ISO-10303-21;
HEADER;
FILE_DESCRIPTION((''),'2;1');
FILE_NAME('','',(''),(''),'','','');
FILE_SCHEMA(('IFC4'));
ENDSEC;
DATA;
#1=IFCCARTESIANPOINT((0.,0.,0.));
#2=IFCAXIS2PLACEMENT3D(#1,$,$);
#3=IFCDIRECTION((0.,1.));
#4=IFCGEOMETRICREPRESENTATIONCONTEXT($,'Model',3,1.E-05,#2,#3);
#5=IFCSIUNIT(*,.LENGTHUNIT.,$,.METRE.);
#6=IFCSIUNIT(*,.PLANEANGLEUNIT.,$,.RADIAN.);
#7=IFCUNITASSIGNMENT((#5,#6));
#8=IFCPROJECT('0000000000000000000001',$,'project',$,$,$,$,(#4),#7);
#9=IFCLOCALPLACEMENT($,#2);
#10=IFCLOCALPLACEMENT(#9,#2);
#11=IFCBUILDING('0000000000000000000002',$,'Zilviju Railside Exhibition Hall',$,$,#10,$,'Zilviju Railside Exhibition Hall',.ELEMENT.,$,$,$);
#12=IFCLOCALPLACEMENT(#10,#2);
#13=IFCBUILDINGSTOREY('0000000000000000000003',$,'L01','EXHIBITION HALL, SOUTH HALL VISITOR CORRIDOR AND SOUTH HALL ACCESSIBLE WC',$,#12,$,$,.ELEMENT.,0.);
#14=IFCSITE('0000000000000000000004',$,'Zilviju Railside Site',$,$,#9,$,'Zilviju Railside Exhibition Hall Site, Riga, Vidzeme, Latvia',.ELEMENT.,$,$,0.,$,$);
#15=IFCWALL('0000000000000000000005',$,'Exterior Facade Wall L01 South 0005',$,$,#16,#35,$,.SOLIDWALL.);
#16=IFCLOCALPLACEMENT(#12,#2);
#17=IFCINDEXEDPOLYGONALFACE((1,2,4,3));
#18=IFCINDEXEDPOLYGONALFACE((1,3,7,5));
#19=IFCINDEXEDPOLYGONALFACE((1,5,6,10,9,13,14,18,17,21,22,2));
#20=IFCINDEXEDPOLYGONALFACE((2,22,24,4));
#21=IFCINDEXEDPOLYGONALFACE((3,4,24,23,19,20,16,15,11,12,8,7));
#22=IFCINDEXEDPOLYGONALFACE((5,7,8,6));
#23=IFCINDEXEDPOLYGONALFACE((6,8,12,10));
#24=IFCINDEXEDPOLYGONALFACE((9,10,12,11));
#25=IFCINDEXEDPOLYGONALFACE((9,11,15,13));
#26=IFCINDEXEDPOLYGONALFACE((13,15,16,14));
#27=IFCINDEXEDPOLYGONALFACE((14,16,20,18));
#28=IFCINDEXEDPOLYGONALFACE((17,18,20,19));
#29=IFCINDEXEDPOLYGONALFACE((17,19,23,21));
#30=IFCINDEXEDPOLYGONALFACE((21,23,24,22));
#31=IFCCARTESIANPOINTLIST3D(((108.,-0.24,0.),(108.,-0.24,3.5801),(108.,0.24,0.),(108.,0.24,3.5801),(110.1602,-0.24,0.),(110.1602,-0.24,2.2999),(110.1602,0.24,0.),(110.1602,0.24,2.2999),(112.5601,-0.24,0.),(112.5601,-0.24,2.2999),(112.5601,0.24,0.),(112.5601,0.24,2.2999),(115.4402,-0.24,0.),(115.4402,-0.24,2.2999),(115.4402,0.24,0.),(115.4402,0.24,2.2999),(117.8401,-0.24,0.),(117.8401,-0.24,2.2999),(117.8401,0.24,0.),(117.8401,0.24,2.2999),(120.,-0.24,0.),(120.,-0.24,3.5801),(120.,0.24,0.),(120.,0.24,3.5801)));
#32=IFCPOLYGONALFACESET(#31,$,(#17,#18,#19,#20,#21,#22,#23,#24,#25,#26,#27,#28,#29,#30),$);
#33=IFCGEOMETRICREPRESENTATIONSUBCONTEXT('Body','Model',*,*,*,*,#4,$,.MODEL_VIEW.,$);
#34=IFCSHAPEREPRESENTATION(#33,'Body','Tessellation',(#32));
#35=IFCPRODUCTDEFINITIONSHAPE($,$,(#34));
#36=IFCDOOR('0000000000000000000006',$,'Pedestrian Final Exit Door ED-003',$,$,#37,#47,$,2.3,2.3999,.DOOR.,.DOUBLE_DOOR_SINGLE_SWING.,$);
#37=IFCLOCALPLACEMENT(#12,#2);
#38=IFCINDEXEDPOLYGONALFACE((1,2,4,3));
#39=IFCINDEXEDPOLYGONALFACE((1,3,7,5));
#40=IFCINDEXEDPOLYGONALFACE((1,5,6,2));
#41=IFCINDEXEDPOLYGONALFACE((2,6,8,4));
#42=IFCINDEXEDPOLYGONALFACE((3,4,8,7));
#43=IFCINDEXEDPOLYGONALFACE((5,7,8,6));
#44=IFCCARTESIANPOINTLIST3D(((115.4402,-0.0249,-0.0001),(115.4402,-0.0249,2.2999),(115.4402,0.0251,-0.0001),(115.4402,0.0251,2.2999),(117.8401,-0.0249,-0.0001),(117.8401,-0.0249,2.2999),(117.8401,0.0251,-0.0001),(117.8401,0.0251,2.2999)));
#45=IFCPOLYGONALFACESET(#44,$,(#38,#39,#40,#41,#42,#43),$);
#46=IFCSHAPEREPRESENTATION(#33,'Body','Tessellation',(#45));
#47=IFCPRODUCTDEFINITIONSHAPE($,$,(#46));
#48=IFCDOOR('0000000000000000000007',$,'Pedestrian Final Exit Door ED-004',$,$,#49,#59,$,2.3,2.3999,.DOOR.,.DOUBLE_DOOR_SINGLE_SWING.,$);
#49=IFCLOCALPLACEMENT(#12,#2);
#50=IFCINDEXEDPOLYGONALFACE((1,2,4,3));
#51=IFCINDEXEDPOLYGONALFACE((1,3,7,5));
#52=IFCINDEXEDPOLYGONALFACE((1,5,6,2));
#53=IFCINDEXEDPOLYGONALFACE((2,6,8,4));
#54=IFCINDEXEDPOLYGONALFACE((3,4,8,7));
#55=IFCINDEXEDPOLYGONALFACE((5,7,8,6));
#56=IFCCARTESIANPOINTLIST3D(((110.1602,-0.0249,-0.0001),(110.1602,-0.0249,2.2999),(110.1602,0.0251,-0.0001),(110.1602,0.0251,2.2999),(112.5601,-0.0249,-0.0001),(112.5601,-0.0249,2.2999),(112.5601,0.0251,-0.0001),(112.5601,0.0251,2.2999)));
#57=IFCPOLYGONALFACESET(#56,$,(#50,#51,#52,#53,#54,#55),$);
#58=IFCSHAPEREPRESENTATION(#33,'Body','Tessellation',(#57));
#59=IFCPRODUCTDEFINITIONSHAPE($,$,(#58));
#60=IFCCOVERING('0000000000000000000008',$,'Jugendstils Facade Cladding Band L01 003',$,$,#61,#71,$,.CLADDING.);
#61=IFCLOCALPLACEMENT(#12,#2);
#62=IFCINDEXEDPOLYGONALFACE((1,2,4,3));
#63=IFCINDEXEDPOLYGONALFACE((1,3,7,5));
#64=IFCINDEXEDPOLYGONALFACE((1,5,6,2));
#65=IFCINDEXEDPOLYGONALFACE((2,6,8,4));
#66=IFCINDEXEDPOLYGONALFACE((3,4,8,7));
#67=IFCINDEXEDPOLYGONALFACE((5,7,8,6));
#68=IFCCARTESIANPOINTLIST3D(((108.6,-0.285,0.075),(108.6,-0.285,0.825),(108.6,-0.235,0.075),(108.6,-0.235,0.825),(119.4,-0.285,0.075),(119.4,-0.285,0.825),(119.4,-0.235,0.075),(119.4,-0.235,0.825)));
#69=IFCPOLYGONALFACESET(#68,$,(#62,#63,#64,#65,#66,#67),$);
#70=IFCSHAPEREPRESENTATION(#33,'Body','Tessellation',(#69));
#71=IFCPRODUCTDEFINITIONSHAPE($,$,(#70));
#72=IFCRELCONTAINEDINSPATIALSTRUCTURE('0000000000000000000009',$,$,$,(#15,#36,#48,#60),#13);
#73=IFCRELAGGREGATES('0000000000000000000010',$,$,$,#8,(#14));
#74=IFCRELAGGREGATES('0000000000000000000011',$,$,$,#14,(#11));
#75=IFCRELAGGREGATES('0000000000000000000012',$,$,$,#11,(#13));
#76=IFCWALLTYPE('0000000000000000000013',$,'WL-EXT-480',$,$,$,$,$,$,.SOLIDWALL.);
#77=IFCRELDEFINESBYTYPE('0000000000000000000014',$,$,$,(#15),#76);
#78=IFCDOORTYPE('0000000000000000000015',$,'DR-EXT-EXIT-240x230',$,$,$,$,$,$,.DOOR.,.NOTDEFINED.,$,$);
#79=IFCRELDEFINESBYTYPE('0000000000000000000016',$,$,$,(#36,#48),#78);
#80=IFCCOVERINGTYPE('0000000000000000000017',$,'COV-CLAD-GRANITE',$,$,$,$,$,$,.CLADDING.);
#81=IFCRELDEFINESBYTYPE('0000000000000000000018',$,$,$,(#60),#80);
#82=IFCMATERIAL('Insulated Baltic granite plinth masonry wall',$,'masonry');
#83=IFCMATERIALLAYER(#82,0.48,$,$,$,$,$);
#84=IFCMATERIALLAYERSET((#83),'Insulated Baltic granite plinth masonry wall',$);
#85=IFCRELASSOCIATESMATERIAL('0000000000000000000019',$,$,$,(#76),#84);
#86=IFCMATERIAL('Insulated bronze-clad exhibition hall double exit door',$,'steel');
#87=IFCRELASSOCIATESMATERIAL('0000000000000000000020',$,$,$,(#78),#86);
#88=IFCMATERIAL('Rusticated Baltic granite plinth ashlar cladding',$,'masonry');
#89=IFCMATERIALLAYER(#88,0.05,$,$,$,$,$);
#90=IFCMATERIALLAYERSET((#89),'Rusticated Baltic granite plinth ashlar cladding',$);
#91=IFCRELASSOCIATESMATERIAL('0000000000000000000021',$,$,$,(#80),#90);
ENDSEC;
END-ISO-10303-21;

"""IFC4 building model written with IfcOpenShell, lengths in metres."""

from ifc_helpers import new_model, si_unit, direction, frame, frame_2d, origin, origin_2d, place, context, subcontext, project, spatial, rectangle, extrude, material, layer, layer_set, type_object, element, fill, save


model = new_model("IFC4")

# Units and contexts
model_context = context("Model", 3, precision=1e-05, world=origin(), true_north=direction((0.0, 1.0)))
body_context = subcontext(model_context, "Body", "Model", "MODEL_VIEW")
ifc_project = project(units=[si_unit("LENGTHUNIT", "METRE"), si_unit("PLANEANGLEUNIT", "RADIAN")], contexts=[model_context])

# Site, building, storey
site_placement = place(None, origin())
site = spatial("IfcSite", under=ifc_project, at=site_placement, Name="Zilviju Railside Site", LongName="Zilviju Railside Exhibition Hall Site, Riga, Vidzeme, Latvia", CompositionType="ELEMENT", RefElevation=0.0)
building_placement = place(site_placement, origin())
building = spatial("IfcBuilding", under=site, at=building_placement, Name="Zilviju Railside Exhibition Hall", LongName="Zilviju Railside Exhibition Hall", CompositionType="ELEMENT")
storey_placement = place(building_placement, origin())
storey = spatial("IfcBuildingStorey", under=building, at=storey_placement, Name="L01", Description="EXHIBITION HALL, SOUTH HALL VISITOR CORRIDOR AND SOUTH HALL ACCESSIBLE WC", CompositionType="ELEMENT", Elevation=0.0)

# Wall, openings, doors
ifc_material_1 = material(Name="Insulated Baltic granite plinth masonry wall", Category="masonry")
ifc_layer_1 = layer(ifc_material_1, 0.48)
ifc_layer_set_1 = layer_set([ifc_layer_1], Name="Insulated Baltic granite plinth masonry wall")
wall_type = type_object("IfcWallType", Name="WL-EXT-480", PredefinedType="SOLIDWALL", material=ifc_layer_set_1)
ifc_material_2 = material(Name="Insulated bronze-clad exhibition hall double exit door", Category="steel")
door_type = type_object("IfcDoorType", Name="DR-EXT-EXIT-240x230", OperationType="NOTDEFINED", PredefinedType="DOOR", material=ifc_material_2)
wall_1_placement = place(storey_placement, frame((120.0, 0.0, 0.0), z_axis=(0.0, 0.0, 1.0), x_axis=(-1.0, 0.0, 0.0)))
wall_1 = element("IfcWall", 1, at=wall_1_placement, inside=storey, type_object=wall_type, Name="Exterior Facade Wall L01 South 0005", PredefinedType="SOLIDWALL", context=body_context, shape_type="SweptSolid", body=[
    extrude(rectangle(XDim=12.0, YDim=0.48, at=frame_2d((6.0, 0.0))), origin(), (0.0, 0.0, 1.0), 3.5801),
])
opening_1_placement = place(wall_1_placement, frame((2.1599, 0.0, 0.0)))
opening_1 = element("IfcOpeningElement", 2, at=opening_1_placement, cuts=wall_1, PredefinedType="OPENING", context=body_context, shape_type="SweptSolid", body=[
    extrude(rectangle(XDim=2.3999, YDim=2.3, at=frame_2d((1.2, 1.1499))), frame((0.0, 0.25, 0.0), z_axis=(0.0, -1.0, 0.0), x_axis=(1.0, 0.0, 0.0)), (0.0, 0.0, 1.0), 0.5),
])
opening_2_placement = place(wall_1_placement, frame((7.4399, 0.0, 0.0)))
opening_2 = element("IfcOpeningElement", 3, at=opening_2_placement, cuts=wall_1, PredefinedType="OPENING", context=body_context, shape_type="SweptSolid", body=[
    extrude(rectangle(XDim=2.3999, YDim=2.3, at=frame_2d((1.2, 1.1499))), frame((0.0, 0.25, 0.0), z_axis=(0.0, -1.0, 0.0), x_axis=(1.0, 0.0, 0.0)), (0.0, 0.0, 1.0), 0.5),
])
door_1_placement = place(opening_1_placement, origin())
door_1 = element("IfcDoor", 4, at=door_1_placement, inside=storey, type_object=door_type, Name="Pedestrian Final Exit Door ED-003", OperationType="DOUBLE_DOOR_SINGLE_SWING", OverallHeight=2.3, OverallWidth=2.3999, PredefinedType="DOOR", context=body_context, shape_type="SweptSolid", body=[
    extrude(rectangle(XDim=2.3999, YDim=2.3, at=frame_2d((1.2, 1.1499))), frame((0.0, 0.0249, 0.0), z_axis=(0.0, -1.0, 0.0), x_axis=(1.0, 0.0, 0.0)), (0.0, 0.0, 1.0), 0.05),
])
fill(opening_1, door_1)
door_2_placement = place(opening_2_placement, origin())
door_2 = element("IfcDoor", 5, at=door_2_placement, inside=storey, type_object=door_type, Name="Pedestrian Final Exit Door ED-004", OperationType="DOUBLE_DOOR_SINGLE_SWING", OverallHeight=2.3, OverallWidth=2.3999, PredefinedType="DOOR", context=body_context, shape_type="SweptSolid", body=[
    extrude(rectangle(XDim=2.3999, YDim=2.3, at=frame_2d((1.2, 1.1499))), frame((0.0, 0.0249, 0.0), z_axis=(0.0, -1.0, 0.0), x_axis=(1.0, 0.0, 0.0)), (0.0, 0.0, 1.0), 0.05),
])
fill(opening_2, door_2)

# Covering
ifc_material_3 = material(Name="Rusticated Baltic granite plinth ashlar cladding", Category="masonry")
ifc_layer_2 = layer(ifc_material_3, 0.05)
ifc_layer_set_2 = layer_set([ifc_layer_2], Name="Rusticated Baltic granite plinth ashlar cladding")
covering_type = type_object("IfcCoveringType", Name="COV-CLAD-GRANITE", PredefinedType="CLADDING", material=ifc_layer_set_2)
covering_placement = place(storey_placement, frame((114.0, -0.26, 0.075), z_axis=(0.0, 0.0, 1.0), x_axis=(-1.0, 0.0, 0.0)))
element("IfcCovering", 6, at=covering_placement, inside=storey, type_object=covering_type, Name="Jugendstils Facade Cladding Band L01 003", PredefinedType="CLADDING", context=body_context, shape_type="SweptSolid", body=[
    extrude(rectangle(XDim=10.8, YDim=0.05, at=origin_2d()), origin(), (0.0, 0.0, 1.0), 0.75),
])

save(model, "model.ifc")
